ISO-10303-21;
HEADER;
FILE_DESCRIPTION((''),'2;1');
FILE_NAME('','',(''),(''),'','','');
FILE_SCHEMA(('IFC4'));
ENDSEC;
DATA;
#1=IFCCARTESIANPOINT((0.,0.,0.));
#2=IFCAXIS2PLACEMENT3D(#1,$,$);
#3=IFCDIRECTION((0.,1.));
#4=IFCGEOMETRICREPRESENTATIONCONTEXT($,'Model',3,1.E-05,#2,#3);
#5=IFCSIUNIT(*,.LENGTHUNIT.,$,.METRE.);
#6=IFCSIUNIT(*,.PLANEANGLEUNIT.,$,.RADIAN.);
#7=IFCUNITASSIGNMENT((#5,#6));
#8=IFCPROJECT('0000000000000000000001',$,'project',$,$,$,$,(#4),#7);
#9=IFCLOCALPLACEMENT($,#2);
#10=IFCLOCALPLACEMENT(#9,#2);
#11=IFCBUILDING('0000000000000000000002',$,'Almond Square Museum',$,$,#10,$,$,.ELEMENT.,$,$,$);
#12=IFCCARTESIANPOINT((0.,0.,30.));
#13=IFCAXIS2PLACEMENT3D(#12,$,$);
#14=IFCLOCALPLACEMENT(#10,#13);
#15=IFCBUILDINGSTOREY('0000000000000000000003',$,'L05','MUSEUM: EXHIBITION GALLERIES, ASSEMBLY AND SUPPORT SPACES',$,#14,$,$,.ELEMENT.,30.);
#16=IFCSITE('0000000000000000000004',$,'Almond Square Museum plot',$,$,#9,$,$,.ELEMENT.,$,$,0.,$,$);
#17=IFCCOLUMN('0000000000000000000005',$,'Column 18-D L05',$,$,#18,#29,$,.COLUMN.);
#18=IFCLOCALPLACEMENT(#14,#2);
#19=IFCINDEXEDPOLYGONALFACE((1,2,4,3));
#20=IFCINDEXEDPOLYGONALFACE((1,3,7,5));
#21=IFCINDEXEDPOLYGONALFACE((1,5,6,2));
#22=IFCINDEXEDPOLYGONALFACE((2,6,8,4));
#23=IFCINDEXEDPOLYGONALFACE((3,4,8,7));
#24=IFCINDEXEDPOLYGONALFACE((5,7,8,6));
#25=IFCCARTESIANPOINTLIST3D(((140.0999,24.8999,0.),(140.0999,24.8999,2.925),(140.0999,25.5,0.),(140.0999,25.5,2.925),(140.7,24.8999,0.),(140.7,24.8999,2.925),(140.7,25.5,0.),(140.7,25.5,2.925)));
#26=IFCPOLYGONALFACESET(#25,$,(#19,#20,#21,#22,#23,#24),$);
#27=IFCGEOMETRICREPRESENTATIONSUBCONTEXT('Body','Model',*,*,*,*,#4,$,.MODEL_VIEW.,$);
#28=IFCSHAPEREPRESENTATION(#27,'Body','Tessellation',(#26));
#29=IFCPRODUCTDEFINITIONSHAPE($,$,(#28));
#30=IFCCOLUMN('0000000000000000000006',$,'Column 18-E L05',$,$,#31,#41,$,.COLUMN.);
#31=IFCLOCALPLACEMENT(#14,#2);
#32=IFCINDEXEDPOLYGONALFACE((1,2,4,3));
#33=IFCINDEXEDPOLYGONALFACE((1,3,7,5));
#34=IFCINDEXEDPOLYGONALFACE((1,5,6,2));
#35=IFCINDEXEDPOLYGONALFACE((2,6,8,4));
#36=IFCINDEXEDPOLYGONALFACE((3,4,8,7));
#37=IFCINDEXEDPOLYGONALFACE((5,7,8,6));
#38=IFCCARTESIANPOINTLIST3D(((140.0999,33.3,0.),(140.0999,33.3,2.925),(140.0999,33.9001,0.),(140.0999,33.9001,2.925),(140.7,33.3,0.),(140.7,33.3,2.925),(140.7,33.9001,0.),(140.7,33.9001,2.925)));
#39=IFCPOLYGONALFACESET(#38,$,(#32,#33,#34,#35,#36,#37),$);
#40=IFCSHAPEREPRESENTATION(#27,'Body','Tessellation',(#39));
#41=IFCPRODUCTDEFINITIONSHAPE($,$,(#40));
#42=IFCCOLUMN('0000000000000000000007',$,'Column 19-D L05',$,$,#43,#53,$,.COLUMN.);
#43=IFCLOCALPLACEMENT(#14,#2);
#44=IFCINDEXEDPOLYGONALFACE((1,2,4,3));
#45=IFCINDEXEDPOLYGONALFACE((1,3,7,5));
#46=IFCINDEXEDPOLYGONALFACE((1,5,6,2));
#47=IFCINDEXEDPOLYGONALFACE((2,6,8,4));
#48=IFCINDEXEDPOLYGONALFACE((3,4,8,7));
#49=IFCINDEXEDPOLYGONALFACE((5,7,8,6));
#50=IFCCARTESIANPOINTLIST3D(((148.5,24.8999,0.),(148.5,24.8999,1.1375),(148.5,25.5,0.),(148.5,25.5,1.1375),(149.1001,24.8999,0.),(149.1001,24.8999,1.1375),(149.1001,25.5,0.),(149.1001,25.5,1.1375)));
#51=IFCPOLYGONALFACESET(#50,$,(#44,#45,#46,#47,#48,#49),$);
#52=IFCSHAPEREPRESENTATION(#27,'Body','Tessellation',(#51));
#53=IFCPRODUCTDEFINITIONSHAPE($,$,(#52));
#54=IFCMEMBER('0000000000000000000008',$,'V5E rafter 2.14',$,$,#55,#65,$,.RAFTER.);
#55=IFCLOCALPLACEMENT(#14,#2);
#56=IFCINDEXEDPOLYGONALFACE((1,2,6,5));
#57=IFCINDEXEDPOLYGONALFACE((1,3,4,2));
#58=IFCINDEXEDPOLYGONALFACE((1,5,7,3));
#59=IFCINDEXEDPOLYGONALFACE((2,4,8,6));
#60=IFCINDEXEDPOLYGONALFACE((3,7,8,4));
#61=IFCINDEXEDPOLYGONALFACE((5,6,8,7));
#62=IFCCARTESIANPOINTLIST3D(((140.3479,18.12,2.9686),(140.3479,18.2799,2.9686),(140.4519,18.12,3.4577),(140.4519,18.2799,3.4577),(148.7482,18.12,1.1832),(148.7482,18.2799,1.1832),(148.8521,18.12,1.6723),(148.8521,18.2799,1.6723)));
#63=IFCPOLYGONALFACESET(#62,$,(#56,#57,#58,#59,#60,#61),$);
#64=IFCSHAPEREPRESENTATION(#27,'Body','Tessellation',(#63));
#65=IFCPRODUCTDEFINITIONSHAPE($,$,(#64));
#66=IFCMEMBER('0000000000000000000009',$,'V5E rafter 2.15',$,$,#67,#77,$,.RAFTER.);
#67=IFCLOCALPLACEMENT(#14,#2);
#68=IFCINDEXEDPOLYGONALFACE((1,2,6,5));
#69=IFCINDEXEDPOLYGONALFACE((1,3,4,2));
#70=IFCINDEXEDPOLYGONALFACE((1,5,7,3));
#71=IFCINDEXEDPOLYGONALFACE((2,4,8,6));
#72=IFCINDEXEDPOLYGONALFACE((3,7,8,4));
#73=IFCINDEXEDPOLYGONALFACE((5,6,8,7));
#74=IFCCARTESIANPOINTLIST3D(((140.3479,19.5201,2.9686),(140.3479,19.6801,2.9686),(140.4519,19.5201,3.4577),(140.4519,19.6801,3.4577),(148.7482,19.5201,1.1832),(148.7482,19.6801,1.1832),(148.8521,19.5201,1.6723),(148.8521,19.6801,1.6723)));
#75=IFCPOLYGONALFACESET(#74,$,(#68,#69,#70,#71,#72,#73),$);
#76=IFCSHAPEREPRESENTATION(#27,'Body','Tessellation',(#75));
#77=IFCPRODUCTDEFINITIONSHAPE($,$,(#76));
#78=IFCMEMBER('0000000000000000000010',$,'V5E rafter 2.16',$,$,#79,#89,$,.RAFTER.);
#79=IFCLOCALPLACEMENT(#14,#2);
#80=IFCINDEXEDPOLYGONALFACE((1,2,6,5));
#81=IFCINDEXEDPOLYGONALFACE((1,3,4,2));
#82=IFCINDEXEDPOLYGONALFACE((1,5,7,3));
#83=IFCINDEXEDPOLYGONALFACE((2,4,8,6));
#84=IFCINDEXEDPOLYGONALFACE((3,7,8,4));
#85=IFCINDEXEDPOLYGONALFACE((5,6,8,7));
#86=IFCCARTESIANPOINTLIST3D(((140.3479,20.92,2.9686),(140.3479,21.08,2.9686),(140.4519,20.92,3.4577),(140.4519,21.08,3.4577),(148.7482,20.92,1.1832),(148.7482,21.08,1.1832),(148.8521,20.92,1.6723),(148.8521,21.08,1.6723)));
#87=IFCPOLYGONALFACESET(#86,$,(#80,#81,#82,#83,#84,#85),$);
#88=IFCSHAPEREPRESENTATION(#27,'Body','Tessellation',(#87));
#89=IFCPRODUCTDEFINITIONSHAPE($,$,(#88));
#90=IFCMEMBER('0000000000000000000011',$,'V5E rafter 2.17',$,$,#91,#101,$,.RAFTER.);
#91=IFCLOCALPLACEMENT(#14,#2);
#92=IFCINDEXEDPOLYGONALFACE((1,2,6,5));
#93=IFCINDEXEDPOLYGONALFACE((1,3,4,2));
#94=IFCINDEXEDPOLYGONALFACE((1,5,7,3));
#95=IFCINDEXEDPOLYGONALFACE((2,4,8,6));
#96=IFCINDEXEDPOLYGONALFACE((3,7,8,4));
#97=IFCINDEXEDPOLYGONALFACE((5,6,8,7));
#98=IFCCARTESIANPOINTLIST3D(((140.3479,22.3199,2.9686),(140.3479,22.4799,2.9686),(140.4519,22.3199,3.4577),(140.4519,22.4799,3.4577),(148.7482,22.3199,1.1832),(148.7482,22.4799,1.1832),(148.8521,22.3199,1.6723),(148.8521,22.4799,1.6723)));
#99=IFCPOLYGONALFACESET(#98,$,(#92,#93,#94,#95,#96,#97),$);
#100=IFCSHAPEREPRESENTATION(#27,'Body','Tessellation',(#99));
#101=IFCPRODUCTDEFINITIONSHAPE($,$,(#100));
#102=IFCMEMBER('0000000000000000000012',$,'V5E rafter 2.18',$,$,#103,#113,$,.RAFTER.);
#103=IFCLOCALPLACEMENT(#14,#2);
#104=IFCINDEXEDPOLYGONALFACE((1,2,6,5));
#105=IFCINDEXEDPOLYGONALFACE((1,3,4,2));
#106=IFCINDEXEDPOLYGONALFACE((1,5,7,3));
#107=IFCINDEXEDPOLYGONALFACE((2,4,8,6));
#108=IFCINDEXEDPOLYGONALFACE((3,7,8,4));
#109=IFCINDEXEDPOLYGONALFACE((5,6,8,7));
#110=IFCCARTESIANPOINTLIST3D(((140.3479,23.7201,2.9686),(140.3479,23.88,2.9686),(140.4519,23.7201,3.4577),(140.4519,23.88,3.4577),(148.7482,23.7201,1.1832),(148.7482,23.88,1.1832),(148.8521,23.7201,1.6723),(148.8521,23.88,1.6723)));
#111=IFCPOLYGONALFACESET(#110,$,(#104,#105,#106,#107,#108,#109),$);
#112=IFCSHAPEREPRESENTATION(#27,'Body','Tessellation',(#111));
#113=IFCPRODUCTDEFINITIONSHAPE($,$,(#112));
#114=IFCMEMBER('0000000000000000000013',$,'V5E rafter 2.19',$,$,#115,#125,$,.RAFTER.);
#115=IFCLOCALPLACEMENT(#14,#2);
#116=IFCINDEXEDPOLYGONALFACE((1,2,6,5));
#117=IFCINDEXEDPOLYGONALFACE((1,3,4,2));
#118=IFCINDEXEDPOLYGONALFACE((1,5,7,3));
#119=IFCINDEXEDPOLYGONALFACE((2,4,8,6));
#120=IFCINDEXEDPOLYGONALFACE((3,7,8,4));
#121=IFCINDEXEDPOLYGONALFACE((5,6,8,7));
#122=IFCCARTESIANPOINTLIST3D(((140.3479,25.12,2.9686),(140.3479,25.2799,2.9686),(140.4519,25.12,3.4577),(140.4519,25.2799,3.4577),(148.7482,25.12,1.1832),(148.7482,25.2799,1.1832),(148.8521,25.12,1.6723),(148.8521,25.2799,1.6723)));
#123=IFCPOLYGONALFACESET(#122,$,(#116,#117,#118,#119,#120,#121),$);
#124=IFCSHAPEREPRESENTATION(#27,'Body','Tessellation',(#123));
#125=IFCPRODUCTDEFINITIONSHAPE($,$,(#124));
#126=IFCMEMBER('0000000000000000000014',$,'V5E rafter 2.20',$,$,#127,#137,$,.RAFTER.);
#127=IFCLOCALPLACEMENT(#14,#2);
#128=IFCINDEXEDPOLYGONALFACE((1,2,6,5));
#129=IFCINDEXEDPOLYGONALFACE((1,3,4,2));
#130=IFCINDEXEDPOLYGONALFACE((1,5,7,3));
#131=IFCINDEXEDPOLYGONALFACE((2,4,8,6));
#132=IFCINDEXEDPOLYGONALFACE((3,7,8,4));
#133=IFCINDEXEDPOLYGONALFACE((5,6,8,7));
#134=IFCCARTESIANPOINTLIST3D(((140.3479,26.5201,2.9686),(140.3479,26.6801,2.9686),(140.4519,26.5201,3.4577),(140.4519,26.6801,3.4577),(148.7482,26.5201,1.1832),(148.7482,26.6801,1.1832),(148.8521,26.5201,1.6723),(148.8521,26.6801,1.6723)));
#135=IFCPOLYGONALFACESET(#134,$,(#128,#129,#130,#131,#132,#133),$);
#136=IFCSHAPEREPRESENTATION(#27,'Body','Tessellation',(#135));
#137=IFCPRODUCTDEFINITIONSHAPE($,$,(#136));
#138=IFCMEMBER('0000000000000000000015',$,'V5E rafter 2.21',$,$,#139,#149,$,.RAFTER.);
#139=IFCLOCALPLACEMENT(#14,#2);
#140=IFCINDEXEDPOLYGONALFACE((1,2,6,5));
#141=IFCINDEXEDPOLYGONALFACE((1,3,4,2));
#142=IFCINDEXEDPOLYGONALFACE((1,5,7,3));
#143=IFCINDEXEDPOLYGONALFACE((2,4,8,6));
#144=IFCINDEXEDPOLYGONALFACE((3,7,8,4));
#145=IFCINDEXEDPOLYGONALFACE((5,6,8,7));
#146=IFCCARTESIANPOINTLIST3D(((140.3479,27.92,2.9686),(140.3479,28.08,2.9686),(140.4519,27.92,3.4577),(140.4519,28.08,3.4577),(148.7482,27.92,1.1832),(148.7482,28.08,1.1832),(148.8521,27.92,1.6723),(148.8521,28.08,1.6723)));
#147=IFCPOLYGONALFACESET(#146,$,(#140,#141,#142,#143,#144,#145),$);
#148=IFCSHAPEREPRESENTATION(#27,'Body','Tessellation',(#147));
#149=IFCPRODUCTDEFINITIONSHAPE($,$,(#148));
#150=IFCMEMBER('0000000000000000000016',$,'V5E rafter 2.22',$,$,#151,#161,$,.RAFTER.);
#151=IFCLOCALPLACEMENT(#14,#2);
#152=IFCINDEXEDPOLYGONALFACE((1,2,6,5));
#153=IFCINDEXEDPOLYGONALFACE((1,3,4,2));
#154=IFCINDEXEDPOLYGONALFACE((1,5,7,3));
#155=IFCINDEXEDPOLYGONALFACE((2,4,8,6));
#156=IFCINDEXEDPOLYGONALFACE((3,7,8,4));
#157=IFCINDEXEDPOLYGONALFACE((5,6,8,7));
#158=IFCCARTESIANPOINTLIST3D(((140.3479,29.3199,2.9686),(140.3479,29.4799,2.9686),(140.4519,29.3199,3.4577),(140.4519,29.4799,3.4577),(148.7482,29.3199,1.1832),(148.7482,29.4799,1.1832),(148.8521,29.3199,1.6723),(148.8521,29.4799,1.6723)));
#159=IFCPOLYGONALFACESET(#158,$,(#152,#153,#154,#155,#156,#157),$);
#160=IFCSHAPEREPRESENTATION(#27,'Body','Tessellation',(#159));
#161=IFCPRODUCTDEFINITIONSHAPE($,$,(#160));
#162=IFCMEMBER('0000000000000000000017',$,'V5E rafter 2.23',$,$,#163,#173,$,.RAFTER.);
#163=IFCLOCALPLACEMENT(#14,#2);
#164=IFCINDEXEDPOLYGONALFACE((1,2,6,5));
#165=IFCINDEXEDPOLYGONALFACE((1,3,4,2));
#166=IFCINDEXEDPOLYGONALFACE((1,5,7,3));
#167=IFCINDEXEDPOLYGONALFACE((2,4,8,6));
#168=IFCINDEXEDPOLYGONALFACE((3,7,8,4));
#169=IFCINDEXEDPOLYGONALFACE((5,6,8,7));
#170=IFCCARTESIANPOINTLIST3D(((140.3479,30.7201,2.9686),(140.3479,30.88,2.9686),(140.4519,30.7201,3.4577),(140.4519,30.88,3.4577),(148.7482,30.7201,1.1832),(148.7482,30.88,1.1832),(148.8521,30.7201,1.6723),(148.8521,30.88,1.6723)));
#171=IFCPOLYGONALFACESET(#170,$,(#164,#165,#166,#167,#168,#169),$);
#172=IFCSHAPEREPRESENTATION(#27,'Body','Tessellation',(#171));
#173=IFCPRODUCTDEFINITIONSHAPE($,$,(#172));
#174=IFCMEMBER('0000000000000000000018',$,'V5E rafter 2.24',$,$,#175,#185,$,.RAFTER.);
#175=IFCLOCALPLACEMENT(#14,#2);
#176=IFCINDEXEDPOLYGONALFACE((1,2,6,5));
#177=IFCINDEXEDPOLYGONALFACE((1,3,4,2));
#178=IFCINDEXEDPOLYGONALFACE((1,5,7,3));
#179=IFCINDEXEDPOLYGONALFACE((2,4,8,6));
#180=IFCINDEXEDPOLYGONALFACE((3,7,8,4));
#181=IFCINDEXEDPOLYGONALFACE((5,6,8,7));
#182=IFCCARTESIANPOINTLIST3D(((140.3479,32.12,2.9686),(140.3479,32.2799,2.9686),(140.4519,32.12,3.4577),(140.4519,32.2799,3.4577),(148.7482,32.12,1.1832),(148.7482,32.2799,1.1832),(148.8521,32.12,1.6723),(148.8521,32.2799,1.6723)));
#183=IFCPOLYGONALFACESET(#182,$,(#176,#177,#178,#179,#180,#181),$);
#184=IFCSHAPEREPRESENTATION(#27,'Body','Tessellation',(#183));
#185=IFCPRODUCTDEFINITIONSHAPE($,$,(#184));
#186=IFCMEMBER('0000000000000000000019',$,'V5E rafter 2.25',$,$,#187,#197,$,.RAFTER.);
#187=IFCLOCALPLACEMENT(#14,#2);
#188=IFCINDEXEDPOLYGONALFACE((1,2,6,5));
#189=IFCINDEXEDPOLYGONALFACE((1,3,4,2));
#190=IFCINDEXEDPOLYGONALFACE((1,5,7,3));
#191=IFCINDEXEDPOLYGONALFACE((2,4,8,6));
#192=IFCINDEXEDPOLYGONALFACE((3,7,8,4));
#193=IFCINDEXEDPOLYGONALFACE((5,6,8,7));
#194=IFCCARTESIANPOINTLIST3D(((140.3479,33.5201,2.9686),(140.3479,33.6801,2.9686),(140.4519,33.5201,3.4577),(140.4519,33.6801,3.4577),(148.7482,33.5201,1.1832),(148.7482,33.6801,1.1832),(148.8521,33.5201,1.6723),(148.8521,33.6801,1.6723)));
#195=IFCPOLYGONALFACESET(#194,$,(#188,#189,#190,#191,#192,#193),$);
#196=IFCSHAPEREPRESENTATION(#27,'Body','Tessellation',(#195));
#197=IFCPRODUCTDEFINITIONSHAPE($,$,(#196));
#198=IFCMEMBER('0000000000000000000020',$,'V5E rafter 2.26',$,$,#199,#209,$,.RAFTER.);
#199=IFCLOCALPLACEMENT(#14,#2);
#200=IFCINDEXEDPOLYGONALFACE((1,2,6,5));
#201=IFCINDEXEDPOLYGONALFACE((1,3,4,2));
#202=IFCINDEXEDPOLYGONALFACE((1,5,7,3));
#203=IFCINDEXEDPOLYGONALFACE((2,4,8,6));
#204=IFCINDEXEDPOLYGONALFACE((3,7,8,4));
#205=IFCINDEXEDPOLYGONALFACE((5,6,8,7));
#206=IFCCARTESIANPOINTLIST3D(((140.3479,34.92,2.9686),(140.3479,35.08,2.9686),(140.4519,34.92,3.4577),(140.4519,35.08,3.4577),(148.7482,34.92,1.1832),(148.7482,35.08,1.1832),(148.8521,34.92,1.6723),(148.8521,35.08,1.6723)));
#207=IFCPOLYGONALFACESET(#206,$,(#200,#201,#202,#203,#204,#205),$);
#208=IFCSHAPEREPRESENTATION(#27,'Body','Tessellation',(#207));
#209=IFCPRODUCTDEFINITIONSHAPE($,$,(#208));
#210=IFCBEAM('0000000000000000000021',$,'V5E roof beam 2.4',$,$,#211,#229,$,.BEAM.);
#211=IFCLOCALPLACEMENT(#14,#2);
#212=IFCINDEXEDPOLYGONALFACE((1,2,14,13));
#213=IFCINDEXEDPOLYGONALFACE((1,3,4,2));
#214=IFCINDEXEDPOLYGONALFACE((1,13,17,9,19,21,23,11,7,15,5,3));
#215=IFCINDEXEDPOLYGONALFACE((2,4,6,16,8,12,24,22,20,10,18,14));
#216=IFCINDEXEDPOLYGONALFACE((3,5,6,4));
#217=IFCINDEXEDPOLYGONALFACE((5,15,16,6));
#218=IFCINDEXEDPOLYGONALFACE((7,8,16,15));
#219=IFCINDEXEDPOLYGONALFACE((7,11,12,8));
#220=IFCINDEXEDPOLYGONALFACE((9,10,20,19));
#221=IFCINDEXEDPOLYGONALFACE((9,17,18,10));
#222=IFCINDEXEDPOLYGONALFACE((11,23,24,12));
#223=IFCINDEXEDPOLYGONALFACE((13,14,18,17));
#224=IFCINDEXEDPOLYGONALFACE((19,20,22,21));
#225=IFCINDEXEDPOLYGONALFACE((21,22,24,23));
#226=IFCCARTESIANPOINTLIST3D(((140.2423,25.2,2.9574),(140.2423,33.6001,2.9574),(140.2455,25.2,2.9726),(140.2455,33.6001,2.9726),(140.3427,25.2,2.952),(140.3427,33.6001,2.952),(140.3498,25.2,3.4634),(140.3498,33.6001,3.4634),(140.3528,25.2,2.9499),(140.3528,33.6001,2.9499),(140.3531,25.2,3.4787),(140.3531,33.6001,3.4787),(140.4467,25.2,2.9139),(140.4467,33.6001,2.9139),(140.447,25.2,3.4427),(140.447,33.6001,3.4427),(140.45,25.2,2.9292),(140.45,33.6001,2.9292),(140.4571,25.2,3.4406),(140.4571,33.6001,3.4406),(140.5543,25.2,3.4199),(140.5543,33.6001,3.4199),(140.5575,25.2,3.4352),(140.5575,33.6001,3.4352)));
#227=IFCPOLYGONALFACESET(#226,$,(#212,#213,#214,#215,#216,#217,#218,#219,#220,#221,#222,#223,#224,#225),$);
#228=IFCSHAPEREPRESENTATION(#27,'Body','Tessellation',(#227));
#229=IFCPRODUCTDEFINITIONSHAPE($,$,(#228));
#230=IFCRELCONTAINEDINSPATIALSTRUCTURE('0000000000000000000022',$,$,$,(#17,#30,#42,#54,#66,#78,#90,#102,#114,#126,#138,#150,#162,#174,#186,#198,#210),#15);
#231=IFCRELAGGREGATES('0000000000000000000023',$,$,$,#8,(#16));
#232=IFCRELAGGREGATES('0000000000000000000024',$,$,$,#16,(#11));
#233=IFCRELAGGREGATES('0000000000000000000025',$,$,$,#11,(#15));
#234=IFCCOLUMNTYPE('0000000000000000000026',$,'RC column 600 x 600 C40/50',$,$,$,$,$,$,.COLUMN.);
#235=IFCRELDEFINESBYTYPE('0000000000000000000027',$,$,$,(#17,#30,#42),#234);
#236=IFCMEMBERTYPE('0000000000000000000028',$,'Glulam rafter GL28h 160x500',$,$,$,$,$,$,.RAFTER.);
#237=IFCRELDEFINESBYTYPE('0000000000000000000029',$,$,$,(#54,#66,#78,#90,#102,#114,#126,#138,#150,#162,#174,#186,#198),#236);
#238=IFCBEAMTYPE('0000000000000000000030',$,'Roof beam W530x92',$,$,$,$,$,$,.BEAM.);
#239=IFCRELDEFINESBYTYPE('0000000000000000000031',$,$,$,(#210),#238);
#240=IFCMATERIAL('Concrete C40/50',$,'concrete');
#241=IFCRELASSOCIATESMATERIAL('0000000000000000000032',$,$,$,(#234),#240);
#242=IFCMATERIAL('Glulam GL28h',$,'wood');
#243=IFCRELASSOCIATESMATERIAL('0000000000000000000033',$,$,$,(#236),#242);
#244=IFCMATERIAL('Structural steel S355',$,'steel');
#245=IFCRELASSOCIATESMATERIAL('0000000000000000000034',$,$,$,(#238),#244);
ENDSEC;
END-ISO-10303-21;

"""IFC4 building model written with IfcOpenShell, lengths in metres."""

from ifc_helpers import new_model, si_unit, direction, frame, origin, origin_2d, place, context, subcontext, project, spatial, rectangle, i_section, extrude, material, material_profile, profile_set, type_object, element, save


model = new_model("IFC4")

# Units and contexts
model_context = context("Model", 3, precision=1e-05, world=origin(), true_north=direction((0.0, 1.0)))
body_context = subcontext(model_context, "Body", "Model", "MODEL_VIEW")
ifc_project = project(units=[si_unit("LENGTHUNIT", "METRE"), si_unit("PLANEANGLEUNIT", "RADIAN")], contexts=[model_context])

# Site, building, storey
site_placement = place(None, origin())
site = spatial("IfcSite", under=ifc_project, at=site_placement, Name="Almond Square Museum plot", CompositionType="ELEMENT", RefElevation=0.0)
building_placement = place(site_placement, origin())
building = spatial("IfcBuilding", under=site, at=building_placement, Name="Almond Square Museum", CompositionType="ELEMENT")
storey_placement = place(building_placement, frame((0.0, 0.0, 30.0)))
storey = spatial("IfcBuildingStorey", under=building, at=storey_placement, Name="L05", Description="MUSEUM: EXHIBITION GALLERIES, ASSEMBLY AND SUPPORT SPACES", CompositionType="ELEMENT", Elevation=30.0)

# Columns
ifc_material_1 = material(Name="Concrete C40/50", Category="concrete")
ifc_material_profile_1 = material_profile(ifc_material_1, rectangle(XDim=0.6001, YDim=0.6001, at=origin_2d()))
ifc_profile_set_1 = profile_set([ifc_material_profile_1], Name="Concrete C40/50")
column_type = type_object("IfcColumnType", Name="RC column 600 x 600 C40/50", PredefinedType="COLUMN", material=ifc_profile_set_1)
for number, where, z_axis, x_axis, name in (
    (1, (140.3999, 25.2, 0.0), (0.0, 0.0, 1.0), (1.0, 0.0, 0.0), "Column 18-D L05"),
    (2, (140.3999, 33.6001, 0.0), (0.0, 0.0, 1.0), (1.0, 0.0, 0.0), "Column 18-E L05"),
):
    element("IfcColumn", number, at=place(storey_placement, frame(where, z_axis=z_axis, x_axis=x_axis)), inside=storey, type_object=column_type, Name=name, PredefinedType="COLUMN", context=body_context, shape_type="SweptSolid", body=[
        extrude(rectangle(XDim=0.6001, YDim=0.6001, at=origin_2d()), origin(), (0.0, 0.0, 1.0), 2.925),
    ])
column_placement = place(storey_placement, frame((148.8, 25.2, 0.0), z_axis=(0.0, 0.0, 1.0), x_axis=(1.0, 0.0, 0.0)))
element("IfcColumn", 3, at=column_placement, inside=storey, type_object=column_type, Name="Column 19-D L05", PredefinedType="COLUMN", context=body_context, shape_type="SweptSolid", body=[
    extrude(rectangle(XDim=0.6001, YDim=0.6001, at=origin_2d()), origin(), (0.0, 0.0, 1.0), 1.1375),
])

# Members
ifc_material_2 = material(Name="Glulam GL28h", Category="wood")
ifc_material_profile_2 = material_profile(ifc_material_2, rectangle(XDim=0.1599, YDim=0.5, at=origin_2d()))
ifc_profile_set_2 = profile_set([ifc_material_profile_2], Name="Glulam GL28h")
member_type = type_object("IfcMemberType", Name="Glulam rafter GL28h 160x500", PredefinedType="RAFTER", material=ifc_profile_set_2)
for number, where, z_axis, x_axis, name in (
    (4, (140.3999, 18.2, 3.2131), (0.97815, 0.0, -0.2079), (0.0, 1.0, 0.0), "V5E rafter 2.14"),
    (5, (140.3999, 19.6001, 3.2131), (0.97815, 0.0, -0.2079), (0.0, 1.0, 0.0), "V5E rafter 2.15"),
    (6, (140.3999, 21.0, 3.2131), (0.97815, 0.0, -0.2079), (0.0, 1.0, 0.0), "V5E rafter 2.16"),
    (7, (140.3999, 22.3999, 3.2131), (0.97815, 0.0, -0.2079), (0.0, 1.0, 0.0), "V5E rafter 2.17"),
    (8, (140.3999, 23.8, 3.2131), (0.97815, 0.0, -0.2079), (0.0, 1.0, 0.0), "V5E rafter 2.18"),
    (9, (140.3999, 25.2, 3.2131), (0.97815, 0.0, -0.2079), (0.0, 1.0, 0.0), "V5E rafter 2.19"),
    (10, (140.3999, 26.6001, 3.2131), (0.97815, 0.0, -0.2079), (0.0, 1.0, 0.0), "V5E rafter 2.20"),
    (11, (140.3999, 28.0, 3.2131), (0.97815, 0.0, -0.2079), (0.0, 1.0, 0.0), "V5E rafter 2.21"),
    (12, (140.3999, 29.3999, 3.2131), (0.97815, 0.0, -0.2079), (0.0, 1.0, 0.0), "V5E rafter 2.22"),
    (13, (140.3999, 30.8, 3.2131), (0.97815, 0.0, -0.2079), (0.0, 1.0, 0.0), "V5E rafter 2.23"),
    (14, (140.3999, 32.2, 3.2131), (0.97815, 0.0, -0.2079), (0.0, 1.0, 0.0), "V5E rafter 2.24"),
    (15, (140.3999, 33.6001, 3.2131), (0.97815, 0.0, -0.2079), (0.0, 1.0, 0.0), "V5E rafter 2.25"),
    (16, (140.3999, 35.0, 3.2131), (0.97815, 0.0, -0.2079), (0.0, 1.0, 0.0), "V5E rafter 2.26"),
):
    element("IfcMember", number, at=place(storey_placement, frame(where, z_axis=z_axis, x_axis=x_axis)), inside=storey, type_object=member_type, Name=name, PredefinedType="RAFTER", context=body_context, shape_type="SweptSolid", body=[
        extrude(rectangle(XDim=0.1599, YDim=0.5, at=origin_2d()), origin(), (0.0, 0.0, 1.0), 8.5879),
    ])

# Beam
ifc_material_3 = material(Name="Structural steel S355", Category="steel")
ifc_material_profile_3 = material_profile(ifc_material_3, i_section(OverallWidth=0.209, OverallDepth=0.533, WebThickness=0.0103, FlangeThickness=0.0156, at=origin_2d()))
ifc_profile_set_3 = profile_set([ifc_material_profile_3], Name="Structural steel S355")
beam_type = type_object("IfcBeamType", Name="Roof beam W530x92", PredefinedType="BEAM", material=ifc_profile_set_3)
beam_1_placement = place(storey_placement, frame((140.3999, 25.2, 3.1963), z_axis=(0.0, 1.0, 0.0), x_axis=(-0.978148, 0.0, 0.207912)))
element("IfcBeam", 17, at=beam_1_placement, inside=storey, type_object=beam_type, Name="V5E roof beam 2.4", PredefinedType="BEAM", context=body_context, shape_type="SweptSolid", body=[
    extrude(i_section(OverallWidth=0.209, OverallDepth=0.533, WebThickness=0.0103, FlangeThickness=0.0156, at=origin_2d()), origin(), (0.0, 0.0, 1.0), 8.4001),
])

save(model, "model.ifc")
